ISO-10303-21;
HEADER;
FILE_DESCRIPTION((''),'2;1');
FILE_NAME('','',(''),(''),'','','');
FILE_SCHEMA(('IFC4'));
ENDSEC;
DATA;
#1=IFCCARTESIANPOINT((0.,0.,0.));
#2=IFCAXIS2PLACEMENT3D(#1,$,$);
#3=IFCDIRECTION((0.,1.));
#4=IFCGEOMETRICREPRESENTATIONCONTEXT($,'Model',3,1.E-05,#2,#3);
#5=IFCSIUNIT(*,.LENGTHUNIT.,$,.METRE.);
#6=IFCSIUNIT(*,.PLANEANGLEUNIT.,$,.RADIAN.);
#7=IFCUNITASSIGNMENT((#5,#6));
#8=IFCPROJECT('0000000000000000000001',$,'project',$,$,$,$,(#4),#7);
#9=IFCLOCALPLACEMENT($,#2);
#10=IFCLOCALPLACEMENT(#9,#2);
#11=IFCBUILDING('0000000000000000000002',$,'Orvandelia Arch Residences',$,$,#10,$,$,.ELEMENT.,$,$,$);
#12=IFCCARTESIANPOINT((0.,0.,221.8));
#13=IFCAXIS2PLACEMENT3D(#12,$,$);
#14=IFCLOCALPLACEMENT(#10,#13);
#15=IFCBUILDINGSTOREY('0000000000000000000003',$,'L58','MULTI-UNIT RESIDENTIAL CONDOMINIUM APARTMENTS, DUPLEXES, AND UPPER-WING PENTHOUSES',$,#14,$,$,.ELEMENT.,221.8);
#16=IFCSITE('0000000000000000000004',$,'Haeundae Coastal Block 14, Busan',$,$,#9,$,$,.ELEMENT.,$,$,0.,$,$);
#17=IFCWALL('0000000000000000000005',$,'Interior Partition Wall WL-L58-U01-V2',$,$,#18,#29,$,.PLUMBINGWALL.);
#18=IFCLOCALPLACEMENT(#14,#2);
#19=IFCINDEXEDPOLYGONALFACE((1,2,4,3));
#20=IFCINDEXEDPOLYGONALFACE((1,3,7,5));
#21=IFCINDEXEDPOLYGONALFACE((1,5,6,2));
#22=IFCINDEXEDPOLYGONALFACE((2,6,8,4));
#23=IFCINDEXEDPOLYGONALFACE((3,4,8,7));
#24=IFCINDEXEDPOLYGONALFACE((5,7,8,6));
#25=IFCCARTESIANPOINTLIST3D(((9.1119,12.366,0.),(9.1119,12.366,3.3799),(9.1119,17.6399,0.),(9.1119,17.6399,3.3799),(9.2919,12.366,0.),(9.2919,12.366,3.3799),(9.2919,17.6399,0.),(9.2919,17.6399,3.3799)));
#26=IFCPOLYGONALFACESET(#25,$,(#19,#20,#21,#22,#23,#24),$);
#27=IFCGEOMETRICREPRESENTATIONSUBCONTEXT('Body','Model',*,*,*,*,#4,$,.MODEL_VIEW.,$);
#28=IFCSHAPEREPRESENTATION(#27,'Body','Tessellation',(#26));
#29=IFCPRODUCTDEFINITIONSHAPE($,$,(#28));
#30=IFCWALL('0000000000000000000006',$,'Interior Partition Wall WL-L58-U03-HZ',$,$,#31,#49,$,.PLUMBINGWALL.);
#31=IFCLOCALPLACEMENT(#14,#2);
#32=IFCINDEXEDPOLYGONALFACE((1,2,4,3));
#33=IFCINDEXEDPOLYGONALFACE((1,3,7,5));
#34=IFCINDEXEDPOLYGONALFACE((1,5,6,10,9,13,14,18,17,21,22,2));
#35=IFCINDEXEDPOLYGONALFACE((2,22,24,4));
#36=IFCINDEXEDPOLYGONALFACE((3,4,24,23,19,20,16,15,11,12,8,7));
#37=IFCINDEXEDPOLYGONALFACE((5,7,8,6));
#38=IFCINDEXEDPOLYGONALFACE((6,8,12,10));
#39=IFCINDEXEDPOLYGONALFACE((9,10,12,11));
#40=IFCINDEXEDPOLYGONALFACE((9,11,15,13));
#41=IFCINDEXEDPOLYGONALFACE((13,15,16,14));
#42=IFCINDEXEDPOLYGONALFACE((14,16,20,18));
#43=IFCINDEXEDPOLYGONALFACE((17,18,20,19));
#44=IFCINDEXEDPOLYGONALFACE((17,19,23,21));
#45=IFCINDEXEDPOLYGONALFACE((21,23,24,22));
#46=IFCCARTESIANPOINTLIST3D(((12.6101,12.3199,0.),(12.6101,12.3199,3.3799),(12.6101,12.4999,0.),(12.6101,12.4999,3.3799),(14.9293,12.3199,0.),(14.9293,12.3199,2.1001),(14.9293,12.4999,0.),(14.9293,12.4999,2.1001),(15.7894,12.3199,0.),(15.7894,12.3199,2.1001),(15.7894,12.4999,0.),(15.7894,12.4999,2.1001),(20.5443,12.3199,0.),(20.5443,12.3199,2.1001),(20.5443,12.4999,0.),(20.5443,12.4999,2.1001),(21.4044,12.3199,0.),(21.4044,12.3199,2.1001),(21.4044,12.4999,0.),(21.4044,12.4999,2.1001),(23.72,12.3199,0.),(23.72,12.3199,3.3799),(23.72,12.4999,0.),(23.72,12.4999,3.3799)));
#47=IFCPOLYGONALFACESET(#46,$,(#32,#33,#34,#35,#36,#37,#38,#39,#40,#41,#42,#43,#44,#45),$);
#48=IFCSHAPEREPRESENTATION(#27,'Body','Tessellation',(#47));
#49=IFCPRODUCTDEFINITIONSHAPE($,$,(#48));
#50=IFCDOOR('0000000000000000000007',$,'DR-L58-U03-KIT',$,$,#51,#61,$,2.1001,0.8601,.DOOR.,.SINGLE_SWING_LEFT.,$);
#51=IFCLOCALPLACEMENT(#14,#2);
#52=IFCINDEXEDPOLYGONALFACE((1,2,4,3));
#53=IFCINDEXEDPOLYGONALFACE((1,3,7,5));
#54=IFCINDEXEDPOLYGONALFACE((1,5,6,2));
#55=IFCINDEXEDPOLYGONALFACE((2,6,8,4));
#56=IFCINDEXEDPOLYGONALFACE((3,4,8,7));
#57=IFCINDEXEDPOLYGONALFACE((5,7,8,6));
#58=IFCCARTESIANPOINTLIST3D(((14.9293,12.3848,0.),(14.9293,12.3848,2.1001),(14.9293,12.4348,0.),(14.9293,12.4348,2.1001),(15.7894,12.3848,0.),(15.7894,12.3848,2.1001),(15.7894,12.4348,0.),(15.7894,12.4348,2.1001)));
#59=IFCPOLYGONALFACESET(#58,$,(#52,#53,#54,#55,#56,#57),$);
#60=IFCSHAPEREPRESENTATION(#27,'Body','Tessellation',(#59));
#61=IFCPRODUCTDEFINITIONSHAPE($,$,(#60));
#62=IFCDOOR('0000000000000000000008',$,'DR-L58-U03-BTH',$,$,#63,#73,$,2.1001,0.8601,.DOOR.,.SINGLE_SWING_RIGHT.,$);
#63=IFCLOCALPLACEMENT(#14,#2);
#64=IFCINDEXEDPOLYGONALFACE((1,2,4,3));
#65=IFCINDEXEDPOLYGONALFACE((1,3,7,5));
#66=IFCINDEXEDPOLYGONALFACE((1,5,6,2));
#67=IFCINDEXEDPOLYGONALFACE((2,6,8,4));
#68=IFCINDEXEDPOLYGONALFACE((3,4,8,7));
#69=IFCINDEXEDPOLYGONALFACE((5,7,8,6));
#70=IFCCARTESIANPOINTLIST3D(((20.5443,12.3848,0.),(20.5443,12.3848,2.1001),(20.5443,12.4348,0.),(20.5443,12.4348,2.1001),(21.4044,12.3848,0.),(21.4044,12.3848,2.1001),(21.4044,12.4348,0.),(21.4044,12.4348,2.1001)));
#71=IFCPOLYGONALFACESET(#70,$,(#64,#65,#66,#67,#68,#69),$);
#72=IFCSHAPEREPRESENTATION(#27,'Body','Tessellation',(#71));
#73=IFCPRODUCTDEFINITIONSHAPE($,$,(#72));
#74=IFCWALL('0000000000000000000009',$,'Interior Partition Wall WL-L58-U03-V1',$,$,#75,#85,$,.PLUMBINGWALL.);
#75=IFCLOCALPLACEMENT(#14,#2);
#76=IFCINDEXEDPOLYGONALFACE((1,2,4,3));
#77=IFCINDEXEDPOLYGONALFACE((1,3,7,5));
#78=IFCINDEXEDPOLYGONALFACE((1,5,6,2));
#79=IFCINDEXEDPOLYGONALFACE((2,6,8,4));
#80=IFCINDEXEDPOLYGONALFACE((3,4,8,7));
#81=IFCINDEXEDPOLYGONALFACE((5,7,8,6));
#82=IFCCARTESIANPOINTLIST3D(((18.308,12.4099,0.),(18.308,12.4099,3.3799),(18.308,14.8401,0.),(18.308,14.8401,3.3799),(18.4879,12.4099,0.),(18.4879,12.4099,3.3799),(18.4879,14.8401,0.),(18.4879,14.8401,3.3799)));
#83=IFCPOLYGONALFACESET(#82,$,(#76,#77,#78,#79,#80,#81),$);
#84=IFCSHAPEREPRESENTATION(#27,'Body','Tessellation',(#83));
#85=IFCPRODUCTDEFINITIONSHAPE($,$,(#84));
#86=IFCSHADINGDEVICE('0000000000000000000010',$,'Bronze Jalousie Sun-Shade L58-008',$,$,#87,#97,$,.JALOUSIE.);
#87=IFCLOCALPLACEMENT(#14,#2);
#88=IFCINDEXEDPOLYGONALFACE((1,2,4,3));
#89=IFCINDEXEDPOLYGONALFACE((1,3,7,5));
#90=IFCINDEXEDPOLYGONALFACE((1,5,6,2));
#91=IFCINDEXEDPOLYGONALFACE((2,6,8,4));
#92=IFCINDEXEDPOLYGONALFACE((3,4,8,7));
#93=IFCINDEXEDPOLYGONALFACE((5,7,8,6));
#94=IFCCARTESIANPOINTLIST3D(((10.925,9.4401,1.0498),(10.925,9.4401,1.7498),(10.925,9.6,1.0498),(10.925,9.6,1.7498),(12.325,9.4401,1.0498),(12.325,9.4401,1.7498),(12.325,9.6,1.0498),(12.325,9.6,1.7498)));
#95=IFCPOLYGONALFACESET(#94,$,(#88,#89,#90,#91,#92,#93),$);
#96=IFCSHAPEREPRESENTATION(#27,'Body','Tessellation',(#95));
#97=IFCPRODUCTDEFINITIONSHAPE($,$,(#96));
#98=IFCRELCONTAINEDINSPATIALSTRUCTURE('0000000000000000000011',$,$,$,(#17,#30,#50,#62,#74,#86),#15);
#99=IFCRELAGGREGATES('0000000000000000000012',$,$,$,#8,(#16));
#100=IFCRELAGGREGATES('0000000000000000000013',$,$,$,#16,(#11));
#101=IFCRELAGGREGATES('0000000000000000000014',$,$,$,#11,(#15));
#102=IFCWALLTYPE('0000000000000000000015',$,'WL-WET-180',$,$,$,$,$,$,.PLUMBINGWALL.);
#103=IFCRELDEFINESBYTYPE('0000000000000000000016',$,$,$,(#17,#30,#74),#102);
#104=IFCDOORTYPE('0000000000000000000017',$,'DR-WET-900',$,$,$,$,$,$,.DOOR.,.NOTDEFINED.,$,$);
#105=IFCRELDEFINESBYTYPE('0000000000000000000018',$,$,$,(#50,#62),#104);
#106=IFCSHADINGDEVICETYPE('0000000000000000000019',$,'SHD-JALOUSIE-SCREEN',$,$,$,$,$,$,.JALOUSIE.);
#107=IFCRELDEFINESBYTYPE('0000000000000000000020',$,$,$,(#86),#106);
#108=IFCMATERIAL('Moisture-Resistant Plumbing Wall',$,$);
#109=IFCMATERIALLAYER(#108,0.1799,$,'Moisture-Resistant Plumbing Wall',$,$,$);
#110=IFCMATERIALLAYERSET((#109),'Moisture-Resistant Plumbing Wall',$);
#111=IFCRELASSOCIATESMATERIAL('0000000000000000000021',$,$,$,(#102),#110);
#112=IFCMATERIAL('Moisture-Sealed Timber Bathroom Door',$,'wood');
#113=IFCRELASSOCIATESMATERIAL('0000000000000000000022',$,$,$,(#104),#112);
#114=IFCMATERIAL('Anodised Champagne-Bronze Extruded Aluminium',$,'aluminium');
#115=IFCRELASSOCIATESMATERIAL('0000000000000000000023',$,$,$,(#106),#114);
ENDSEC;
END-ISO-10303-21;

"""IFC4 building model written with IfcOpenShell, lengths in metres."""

from ifc_helpers import new_model, si_unit, direction, frame, frame_2d, origin, origin_2d, place, context, subcontext, project, spatial, rectangle, extrude, material, layer, layer_set, type_object, element, fill, save


model = new_model("IFC4")

# Units and contexts
model_context = context("Model", 3, precision=1e-05, world=origin(), true_north=direction((0.0, 1.0)))
body_context = subcontext(model_context, "Body", "Model", "MODEL_VIEW")
ifc_project = project(units=[si_unit("LENGTHUNIT", "METRE"), si_unit("PLANEANGLEUNIT", "RADIAN")], contexts=[model_context])

# Site, building, storey
site_placement = place(None, origin())
site = spatial("IfcSite", under=ifc_project, at=site_placement, Name="Haeundae Coastal Block 14, Busan", CompositionType="ELEMENT", RefElevation=0.0)
building_placement = place(site_placement, origin())
building = spatial("IfcBuilding", under=site, at=building_placement, Name="Orvandelia Arch Residences", CompositionType="ELEMENT")
storey_placement = place(building_placement, frame((0.0, 0.0, 221.8)))
storey = spatial("IfcBuildingStorey", under=building, at=storey_placement, Name="L58", Description="MULTI-UNIT RESIDENTIAL CONDOMINIUM APARTMENTS, DUPLEXES, AND UPPER-WING PENTHOUSES", CompositionType="ELEMENT", Elevation=221.8)

# Wall
ifc_material_1 = material(Name="Moisture-Resistant Plumbing Wall")
ifc_layer_1 = layer(ifc_material_1, 0.1799, Name="Moisture-Resistant Plumbing Wall")
ifc_layer_set_1 = layer_set([ifc_layer_1], Name="Moisture-Resistant Plumbing Wall")
wall_type_1 = type_object("IfcWallType", Name="WL-WET-180", PredefinedType="PLUMBINGWALL", material=ifc_layer_set_1)
wall_1_placement = place(storey_placement, frame((9.2019, 12.366, 0.0), z_axis=(0.0, 0.0, 1.0), x_axis=(0.0, 1.0, 0.0)))
element("IfcWall", 1, at=wall_1_placement, inside=storey, type_object=wall_type_1, Name="Interior Partition Wall WL-L58-U01-V2", PredefinedType="PLUMBINGWALL", context=body_context, shape_type="SweptSolid", body=[
    extrude(rectangle(XDim=5.2739, YDim=0.1799, at=frame_2d((2.637, 0.0))), origin(), (0.0, 0.0, 1.0), 3.3799),
])

# Wall, openings, doors
wall_2_placement = place(storey_placement, frame((12.6101, 12.4099, 0.0), z_axis=(0.0, 0.0, 1.0), x_axis=(1.0, 0.0, 0.0)))
wall_2 = element("IfcWall", 2, at=wall_2_placement, inside=storey, type_object=wall_type_1, Name="Interior Partition Wall WL-L58-U03-HZ", PredefinedType="PLUMBINGWALL", context=body_context, shape_type="SweptSolid", body=[
    extrude(rectangle(XDim=11.1099, YDim=0.1799, at=frame_2d((5.5549, 0.0))), origin(), (0.0, 0.0, 1.0), 3.3799),
])
opening_1_placement = place(wall_2_placement, frame((2.3191, 0.0, 0.0)))
opening_1 = element("IfcOpeningElement", 3, at=opening_1_placement, cuts=wall_2, PredefinedType="OPENING", context=body_context, shape_type="SweptSolid", body=[
    extrude(rectangle(XDim=0.8601, YDim=2.1001, at=frame_2d((0.4302, 1.05))), frame((0.0, 0.1001, 0.0), z_axis=(0.0, -1.0, 0.0), x_axis=(1.0, 0.0, 0.0)), (0.0, 0.0, 1.0), 0.2),
])
opening_2_placement = place(wall_2_placement, frame((7.9341, 0.0, 0.0)))
opening_2 = element("IfcOpeningElement", 4, at=opening_2_placement, cuts=wall_2, PredefinedType="OPENING", context=body_context, shape_type="SweptSolid", body=[
    extrude(rectangle(XDim=0.8601, YDim=2.1001, at=frame_2d((0.4302, 1.05))), frame((0.0, 0.1001, 0.0), z_axis=(0.0, -1.0, 0.0), x_axis=(1.0, 0.0, 0.0)), (0.0, 0.0, 1.0), 0.2),
])
ifc_material_2 = material(Name="Moisture-Sealed Timber Bathroom Door", Category="wood")
door_type_1 = type_object("IfcDoorType", Name="DR-WET-900", OperationType="NOTDEFINED", PredefinedType="DOOR", material=ifc_material_2)
door_1_placement = place(opening_1_placement, origin())
door_1 = element("IfcDoor", 5, at=door_1_placement, inside=storey, type_object=door_type_1, Name="DR-L58-U03-KIT", OperationType="SINGLE_SWING_LEFT", OverallHeight=2.1001, OverallWidth=0.8601, PredefinedType="DOOR", context=body_context, shape_type="SweptSolid", body=[
    extrude(rectangle(XDim=0.8601, YDim=2.1001, at=frame_2d((0.4302, 1.05))), frame((0.0, 0.0249, 0.0), z_axis=(0.0, -1.0, 0.0), x_axis=(1.0, 0.0, 0.0)), (0.0, 0.0, 1.0), 0.05),
])
fill(opening_1, door_1)
door_2_placement = place(opening_2_placement, origin())
door_2 = element("IfcDoor", 6, at=door_2_placement, inside=storey, type_object=door_type_1, Name="DR-L58-U03-BTH", OperationType="SINGLE_SWING_RIGHT", OverallHeight=2.1001, OverallWidth=0.8601, PredefinedType="DOOR", context=body_context, shape_type="SweptSolid", body=[
    extrude(rectangle(XDim=0.8601, YDim=2.1001, at=frame_2d((0.4302, 1.05))), frame((0.0, 0.0249, 0.0), z_axis=(0.0, -1.0, 0.0), x_axis=(1.0, 0.0, 0.0)), (0.0, 0.0, 1.0), 0.05),
])
fill(opening_2, door_2)

# Wall
wall_3_placement = place(storey_placement, frame((18.3979, 12.4099, 0.0), z_axis=(0.0, 0.0, 1.0), x_axis=(0.0, 1.0, 0.0)))
element("IfcWall", 7, at=wall_3_placement, inside=storey, type_object=wall_type_1, Name="Interior Partition Wall WL-L58-U03-V1", PredefinedType="PLUMBINGWALL", context=body_context, shape_type="SweptSolid", body=[
    extrude(rectangle(XDim=2.4302, YDim=0.1799, at=frame_2d((1.2151, 0.0))), origin(), (0.0, 0.0, 1.0), 3.3799),
])

# Shading device
ifc_material_3 = material(Name="Anodised Champagne-Bronze Extruded Aluminium", Category="aluminium")
shading_device_type = type_object("IfcShadingDeviceType", Name="SHD-JALOUSIE-SCREEN", PredefinedType="JALOUSIE", material=ifc_material_3)
shading_device_placement = place(storey_placement, frame((11.625, 9.52, 1.0498), z_axis=(0.0, 0.0, 1.0), x_axis=(-1.0, 0.0, 0.0)))
element("IfcShadingDevice", 8, at=shading_device_placement, inside=storey, type_object=shading_device_type, Name="Bronze Jalousie Sun-Shade L58-008", PredefinedType="JALOUSIE", context=body_context, shape_type="SweptSolid", body=[
    extrude(rectangle(XDim=1.3999, YDim=0.1599, at=origin_2d()), origin(), (0.0, 0.0, 1.0), 0.7),
])

save(model, "model.ifc")
